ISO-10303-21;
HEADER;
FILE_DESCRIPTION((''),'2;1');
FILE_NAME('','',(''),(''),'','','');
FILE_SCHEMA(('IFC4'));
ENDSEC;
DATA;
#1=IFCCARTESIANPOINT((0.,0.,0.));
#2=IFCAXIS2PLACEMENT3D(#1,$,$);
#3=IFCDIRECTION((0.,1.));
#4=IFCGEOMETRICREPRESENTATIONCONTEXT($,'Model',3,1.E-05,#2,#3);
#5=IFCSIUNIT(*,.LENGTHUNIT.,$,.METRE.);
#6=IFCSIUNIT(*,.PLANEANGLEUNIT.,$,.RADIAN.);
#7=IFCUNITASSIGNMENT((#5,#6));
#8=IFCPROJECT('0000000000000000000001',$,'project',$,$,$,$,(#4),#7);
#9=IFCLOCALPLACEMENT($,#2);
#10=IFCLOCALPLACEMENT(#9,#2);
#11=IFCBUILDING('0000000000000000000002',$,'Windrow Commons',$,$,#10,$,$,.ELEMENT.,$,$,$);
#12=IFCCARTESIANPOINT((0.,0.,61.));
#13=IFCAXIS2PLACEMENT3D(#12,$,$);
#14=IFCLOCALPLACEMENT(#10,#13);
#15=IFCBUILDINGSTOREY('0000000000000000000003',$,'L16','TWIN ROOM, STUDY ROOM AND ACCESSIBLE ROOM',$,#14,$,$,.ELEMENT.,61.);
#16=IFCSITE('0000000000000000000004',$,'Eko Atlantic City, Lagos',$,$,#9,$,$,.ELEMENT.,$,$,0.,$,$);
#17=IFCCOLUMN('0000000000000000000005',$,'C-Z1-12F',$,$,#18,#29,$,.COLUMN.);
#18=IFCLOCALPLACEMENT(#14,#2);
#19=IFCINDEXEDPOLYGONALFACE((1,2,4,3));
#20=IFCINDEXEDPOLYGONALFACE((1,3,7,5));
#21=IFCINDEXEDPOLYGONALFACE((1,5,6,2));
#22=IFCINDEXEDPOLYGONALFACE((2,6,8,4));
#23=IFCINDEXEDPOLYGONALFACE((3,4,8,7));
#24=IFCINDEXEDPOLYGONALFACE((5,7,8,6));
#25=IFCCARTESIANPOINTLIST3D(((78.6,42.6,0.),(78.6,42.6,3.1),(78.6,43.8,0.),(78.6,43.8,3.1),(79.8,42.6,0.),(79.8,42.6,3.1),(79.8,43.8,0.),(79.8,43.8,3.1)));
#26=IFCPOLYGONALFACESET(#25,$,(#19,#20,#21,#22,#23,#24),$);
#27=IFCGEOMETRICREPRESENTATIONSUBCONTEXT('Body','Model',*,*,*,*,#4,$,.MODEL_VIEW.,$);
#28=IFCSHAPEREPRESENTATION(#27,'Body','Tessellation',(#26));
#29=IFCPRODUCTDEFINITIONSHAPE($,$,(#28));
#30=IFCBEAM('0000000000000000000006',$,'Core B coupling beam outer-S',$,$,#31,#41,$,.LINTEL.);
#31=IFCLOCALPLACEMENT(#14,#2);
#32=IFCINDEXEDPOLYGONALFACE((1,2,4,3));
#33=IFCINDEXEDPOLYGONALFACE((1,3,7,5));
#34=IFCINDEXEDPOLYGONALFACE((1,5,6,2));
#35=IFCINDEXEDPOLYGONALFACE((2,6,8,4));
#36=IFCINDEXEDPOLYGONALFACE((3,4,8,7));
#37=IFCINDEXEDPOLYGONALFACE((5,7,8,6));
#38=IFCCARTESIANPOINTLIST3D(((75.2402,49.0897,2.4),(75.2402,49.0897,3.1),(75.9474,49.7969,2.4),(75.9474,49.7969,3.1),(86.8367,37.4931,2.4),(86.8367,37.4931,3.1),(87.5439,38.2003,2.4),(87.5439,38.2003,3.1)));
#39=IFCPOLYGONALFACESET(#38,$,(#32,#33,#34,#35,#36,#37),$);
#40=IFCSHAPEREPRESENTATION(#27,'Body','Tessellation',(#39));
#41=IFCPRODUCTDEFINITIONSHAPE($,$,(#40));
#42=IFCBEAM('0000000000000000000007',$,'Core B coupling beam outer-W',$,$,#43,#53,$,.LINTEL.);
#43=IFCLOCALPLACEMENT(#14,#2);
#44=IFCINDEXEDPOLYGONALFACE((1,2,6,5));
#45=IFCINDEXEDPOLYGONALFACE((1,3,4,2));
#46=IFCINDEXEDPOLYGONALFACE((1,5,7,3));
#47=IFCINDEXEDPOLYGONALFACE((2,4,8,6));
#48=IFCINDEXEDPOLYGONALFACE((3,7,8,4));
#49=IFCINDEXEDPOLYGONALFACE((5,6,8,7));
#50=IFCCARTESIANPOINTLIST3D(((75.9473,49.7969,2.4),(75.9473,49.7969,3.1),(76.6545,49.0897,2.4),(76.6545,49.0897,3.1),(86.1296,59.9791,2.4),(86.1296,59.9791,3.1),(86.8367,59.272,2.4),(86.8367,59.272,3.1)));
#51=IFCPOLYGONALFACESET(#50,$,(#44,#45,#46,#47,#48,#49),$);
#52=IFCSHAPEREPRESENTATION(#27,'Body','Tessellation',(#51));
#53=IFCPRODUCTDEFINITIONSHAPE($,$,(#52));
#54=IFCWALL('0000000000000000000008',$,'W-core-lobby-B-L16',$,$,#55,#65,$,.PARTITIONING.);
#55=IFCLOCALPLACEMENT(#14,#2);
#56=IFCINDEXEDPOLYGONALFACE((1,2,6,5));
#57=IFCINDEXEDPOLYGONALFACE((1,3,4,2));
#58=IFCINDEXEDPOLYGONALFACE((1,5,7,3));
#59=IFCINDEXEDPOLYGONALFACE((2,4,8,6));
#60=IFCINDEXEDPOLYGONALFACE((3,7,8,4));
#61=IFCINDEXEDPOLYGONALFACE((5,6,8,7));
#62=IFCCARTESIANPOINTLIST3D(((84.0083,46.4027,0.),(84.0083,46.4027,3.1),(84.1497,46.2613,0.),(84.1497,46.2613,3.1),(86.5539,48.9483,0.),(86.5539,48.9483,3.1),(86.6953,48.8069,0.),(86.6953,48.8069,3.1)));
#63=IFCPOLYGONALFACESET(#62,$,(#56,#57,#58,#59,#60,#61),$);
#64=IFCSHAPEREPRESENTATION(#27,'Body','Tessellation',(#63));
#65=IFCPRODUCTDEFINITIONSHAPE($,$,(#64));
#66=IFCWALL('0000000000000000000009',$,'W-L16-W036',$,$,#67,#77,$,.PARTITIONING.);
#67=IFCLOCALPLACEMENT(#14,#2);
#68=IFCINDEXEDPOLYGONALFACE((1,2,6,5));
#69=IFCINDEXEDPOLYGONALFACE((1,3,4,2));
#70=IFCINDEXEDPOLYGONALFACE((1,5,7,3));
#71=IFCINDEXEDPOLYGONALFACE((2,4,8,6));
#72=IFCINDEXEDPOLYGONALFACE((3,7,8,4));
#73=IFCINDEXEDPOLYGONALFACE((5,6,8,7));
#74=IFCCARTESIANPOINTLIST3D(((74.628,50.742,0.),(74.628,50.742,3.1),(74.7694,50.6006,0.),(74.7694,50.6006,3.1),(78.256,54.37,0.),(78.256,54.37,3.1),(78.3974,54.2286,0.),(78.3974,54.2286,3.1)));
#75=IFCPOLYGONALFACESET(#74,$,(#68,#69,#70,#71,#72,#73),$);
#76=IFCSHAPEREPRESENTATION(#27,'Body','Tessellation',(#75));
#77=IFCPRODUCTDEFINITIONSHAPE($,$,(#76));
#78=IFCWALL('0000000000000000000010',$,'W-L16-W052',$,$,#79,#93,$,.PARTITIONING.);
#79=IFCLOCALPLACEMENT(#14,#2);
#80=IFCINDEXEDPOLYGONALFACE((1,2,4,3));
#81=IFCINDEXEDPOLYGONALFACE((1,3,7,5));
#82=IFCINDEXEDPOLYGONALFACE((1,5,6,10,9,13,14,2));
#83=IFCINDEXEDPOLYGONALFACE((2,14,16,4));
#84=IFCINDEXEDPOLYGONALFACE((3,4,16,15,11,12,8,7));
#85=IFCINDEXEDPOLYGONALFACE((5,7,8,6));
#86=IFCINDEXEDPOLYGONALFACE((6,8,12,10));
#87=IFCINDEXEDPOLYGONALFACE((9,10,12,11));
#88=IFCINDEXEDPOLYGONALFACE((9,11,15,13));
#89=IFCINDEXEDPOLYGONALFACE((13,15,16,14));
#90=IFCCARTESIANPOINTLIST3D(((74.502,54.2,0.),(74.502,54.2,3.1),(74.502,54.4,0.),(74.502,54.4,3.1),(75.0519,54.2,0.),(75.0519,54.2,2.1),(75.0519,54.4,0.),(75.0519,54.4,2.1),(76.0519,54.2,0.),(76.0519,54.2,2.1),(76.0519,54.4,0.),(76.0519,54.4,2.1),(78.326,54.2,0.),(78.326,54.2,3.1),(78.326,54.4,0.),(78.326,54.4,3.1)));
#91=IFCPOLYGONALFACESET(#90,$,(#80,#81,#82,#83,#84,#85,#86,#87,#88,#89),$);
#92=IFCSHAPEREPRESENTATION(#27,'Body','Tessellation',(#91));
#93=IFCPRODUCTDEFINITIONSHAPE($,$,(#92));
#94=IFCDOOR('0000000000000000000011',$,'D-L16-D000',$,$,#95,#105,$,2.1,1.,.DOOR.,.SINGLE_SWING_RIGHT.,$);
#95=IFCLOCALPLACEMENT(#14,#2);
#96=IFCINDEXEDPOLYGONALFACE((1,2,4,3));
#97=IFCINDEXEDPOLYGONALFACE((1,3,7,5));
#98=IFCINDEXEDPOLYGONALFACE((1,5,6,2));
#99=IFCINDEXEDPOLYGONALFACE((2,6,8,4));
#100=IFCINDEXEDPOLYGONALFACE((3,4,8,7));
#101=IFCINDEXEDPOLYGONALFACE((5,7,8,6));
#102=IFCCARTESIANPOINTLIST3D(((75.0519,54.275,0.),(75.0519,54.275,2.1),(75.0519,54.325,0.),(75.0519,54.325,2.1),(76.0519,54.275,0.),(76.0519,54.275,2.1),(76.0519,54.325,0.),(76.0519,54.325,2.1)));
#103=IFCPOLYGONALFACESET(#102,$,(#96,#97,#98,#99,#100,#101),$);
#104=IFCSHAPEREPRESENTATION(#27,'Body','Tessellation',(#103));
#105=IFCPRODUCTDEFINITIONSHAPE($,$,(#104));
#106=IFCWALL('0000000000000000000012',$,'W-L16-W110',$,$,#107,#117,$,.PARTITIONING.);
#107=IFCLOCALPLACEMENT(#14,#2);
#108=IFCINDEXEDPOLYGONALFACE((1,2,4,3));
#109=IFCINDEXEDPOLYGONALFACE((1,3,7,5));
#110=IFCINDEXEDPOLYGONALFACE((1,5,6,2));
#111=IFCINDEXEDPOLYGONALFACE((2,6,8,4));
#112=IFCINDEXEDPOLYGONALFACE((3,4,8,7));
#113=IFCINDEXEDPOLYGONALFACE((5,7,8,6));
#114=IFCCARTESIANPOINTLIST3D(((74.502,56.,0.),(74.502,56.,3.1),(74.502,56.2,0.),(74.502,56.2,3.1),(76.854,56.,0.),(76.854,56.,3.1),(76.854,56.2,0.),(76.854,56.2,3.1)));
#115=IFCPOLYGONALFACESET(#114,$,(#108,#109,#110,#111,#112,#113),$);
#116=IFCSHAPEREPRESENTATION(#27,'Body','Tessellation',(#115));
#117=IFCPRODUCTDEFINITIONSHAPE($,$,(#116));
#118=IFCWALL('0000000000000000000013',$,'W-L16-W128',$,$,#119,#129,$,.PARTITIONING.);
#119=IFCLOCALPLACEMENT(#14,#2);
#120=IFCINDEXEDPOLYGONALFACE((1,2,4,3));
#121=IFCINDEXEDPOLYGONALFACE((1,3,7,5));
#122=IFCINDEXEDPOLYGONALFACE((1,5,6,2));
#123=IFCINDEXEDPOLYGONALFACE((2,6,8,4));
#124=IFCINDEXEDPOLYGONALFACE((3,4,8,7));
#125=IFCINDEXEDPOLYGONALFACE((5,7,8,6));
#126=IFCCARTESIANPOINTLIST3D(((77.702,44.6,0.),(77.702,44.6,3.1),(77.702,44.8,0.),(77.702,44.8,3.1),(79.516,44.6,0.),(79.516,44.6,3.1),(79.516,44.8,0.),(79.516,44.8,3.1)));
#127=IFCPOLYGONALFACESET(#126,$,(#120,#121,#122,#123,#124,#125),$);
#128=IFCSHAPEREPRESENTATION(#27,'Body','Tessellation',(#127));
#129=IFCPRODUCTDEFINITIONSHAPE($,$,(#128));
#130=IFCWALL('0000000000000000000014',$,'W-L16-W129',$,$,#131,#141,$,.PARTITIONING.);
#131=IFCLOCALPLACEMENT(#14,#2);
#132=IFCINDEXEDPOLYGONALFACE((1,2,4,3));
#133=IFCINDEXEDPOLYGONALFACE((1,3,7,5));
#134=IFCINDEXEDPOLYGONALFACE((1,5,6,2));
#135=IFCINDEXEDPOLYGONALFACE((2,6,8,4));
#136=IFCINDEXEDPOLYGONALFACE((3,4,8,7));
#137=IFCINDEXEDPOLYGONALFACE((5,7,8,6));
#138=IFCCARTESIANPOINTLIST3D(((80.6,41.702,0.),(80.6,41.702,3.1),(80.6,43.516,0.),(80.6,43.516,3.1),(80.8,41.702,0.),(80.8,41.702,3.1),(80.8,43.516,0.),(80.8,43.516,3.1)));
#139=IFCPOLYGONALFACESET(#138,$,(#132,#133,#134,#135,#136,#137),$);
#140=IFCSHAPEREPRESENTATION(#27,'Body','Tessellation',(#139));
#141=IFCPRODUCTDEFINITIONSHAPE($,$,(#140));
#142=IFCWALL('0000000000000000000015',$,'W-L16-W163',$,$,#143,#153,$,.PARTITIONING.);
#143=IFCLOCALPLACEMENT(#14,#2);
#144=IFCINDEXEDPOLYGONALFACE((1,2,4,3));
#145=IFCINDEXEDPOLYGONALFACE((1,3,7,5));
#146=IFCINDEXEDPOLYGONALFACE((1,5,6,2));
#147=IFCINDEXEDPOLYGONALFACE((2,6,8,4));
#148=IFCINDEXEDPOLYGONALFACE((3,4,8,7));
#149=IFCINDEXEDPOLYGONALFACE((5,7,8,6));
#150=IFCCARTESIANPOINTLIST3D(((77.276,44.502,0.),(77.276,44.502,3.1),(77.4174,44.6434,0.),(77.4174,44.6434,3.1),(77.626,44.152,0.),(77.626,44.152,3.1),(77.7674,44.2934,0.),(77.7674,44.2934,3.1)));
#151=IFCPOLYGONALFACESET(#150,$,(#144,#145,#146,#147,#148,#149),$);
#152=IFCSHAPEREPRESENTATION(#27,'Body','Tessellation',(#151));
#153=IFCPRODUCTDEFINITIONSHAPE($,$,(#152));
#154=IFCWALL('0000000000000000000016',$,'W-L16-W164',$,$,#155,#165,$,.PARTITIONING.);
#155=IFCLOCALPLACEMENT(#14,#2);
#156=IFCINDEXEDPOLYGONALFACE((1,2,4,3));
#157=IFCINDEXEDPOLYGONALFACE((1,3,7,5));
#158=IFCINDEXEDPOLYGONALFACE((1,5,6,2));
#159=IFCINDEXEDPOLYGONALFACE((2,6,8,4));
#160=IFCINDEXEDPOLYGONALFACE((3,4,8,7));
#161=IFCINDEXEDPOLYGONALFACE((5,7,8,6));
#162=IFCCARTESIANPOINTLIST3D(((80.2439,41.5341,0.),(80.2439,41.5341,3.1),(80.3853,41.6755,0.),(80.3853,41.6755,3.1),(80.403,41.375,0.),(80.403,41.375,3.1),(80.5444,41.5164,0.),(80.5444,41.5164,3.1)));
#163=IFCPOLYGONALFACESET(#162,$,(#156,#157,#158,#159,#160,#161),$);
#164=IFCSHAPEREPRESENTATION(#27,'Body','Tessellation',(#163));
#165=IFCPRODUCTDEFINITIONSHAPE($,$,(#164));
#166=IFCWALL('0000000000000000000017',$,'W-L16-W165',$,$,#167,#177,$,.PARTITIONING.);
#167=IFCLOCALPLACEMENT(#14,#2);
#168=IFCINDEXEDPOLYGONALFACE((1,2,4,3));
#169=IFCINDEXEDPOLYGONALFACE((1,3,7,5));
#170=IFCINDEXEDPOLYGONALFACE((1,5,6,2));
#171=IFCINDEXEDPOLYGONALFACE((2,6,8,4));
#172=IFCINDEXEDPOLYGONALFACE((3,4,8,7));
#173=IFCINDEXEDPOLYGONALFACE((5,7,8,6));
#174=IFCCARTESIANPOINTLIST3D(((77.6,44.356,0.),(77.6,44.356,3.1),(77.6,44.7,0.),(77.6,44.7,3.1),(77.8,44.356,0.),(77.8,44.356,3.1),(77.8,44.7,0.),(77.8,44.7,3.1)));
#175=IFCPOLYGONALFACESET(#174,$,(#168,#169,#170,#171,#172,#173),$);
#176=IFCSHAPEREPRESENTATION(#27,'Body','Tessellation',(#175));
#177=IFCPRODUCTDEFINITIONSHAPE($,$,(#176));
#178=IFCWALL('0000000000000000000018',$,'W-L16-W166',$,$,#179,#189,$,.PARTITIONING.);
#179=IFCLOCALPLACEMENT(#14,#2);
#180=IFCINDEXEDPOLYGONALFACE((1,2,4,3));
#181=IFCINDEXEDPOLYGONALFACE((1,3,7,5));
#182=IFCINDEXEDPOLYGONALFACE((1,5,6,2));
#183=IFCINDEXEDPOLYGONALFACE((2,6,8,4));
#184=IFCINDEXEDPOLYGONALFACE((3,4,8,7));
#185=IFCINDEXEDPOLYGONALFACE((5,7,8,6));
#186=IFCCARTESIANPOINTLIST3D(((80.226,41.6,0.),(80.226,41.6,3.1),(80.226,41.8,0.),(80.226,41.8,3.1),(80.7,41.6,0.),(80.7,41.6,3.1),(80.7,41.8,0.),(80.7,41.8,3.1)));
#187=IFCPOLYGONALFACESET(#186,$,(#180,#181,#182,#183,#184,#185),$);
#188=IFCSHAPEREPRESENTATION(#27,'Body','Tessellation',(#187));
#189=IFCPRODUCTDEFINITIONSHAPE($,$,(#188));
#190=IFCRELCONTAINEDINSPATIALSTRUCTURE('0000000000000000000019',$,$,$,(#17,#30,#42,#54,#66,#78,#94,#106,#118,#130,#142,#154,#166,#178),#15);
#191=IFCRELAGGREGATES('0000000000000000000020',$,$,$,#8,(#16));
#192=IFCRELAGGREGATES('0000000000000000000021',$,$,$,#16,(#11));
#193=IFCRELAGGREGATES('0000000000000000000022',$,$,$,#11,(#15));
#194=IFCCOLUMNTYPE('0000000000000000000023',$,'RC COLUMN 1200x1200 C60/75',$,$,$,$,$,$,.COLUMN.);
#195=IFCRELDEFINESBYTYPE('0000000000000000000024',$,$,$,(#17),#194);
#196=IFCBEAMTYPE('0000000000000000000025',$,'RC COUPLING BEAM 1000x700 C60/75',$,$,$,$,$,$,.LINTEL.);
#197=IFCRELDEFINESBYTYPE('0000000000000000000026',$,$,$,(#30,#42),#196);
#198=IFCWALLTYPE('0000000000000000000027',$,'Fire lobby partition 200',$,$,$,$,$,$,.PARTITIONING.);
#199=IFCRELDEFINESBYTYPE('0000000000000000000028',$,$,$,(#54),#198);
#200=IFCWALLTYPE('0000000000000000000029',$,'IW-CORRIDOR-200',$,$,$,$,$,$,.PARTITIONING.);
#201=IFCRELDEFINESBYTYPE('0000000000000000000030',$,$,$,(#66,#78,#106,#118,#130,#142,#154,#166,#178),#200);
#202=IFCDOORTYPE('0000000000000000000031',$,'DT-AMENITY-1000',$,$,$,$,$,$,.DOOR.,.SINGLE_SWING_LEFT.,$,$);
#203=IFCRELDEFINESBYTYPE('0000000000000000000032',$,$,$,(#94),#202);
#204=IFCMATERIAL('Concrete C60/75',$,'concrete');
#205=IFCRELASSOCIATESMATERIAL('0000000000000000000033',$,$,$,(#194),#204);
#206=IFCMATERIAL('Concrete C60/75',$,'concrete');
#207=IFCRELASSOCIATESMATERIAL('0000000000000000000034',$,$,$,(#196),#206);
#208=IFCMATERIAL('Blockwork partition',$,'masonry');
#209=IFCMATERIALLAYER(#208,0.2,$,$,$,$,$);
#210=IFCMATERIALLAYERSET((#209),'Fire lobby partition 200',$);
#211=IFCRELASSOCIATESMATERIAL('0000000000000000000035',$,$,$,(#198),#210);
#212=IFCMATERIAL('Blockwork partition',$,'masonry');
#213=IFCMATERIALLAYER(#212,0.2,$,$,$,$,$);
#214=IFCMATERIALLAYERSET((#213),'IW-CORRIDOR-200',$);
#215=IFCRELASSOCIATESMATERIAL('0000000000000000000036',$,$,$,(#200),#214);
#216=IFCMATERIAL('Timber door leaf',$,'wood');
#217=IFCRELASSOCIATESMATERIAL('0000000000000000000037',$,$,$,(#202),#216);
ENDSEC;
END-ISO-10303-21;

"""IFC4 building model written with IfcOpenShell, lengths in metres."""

from ifc_helpers import new_model, si_unit, direction, frame, frame_2d, origin, origin_2d, place, context, subcontext, project, spatial, rectangle, extrude, material, layer, layer_set, material_profile, profile_set, type_object, element, fill, save


model = new_model("IFC4")

# Units and contexts
model_context = context("Model", 3, precision=1e-05, world=origin(), true_north=direction((0.0, 1.0)))
body_context = subcontext(model_context, "Body", "Model", "MODEL_VIEW")
ifc_project = project(units=[si_unit("LENGTHUNIT", "METRE"), si_unit("PLANEANGLEUNIT", "RADIAN")], contexts=[model_context])

# Site, building, storey
site_placement = place(None, origin())
site = spatial("IfcSite", under=ifc_project, at=site_placement, Name="Eko Atlantic City, Lagos", CompositionType="ELEMENT", RefElevation=0.0)
building_placement = place(site_placement, origin())
building = spatial("IfcBuilding", under=site, at=building_placement, Name="Windrow Commons", CompositionType="ELEMENT")
storey_placement = place(building_placement, frame((0.0, 0.0, 61.0)))
storey = spatial("IfcBuildingStorey", under=building, at=storey_placement, Name="L16", Description="TWIN ROOM, STUDY ROOM AND ACCESSIBLE ROOM", CompositionType="ELEMENT", Elevation=61.0)

# Column
ifc_material_1 = material(Name="Concrete C60/75", Category="concrete")
ifc_material_profile_1 = material_profile(ifc_material_1, rectangle(XDim=1.2, YDim=1.2, at=origin_2d()))
ifc_profile_set_1 = profile_set([ifc_material_profile_1], Name="Concrete C60/75")
column_type = type_object("IfcColumnType", Name="RC COLUMN 1200x1200 C60/75", PredefinedType="COLUMN", material=ifc_profile_set_1)
column_placement = place(storey_placement, frame((79.2, 43.2, 0.0), z_axis=(0.0, 0.0, 1.0), x_axis=(1.0, 0.0, 0.0)))
element("IfcColumn", 1, at=column_placement, inside=storey, type_object=column_type, Name="C-Z1-12F", PredefinedType="COLUMN", context=body_context, shape_type="SweptSolid", body=[
    extrude(rectangle(XDim=1.2, YDim=1.2, at=origin_2d()), origin(), (0.0, 0.0, 1.0), 3.1),
])

# Beams
ifc_material_2 = material(Name="Concrete C60/75", Category="concrete")
ifc_material_profile_2 = material_profile(ifc_material_2, rectangle(XDim=1.0, YDim=0.7, at=origin_2d()))
ifc_profile_set_2 = profile_set([ifc_material_profile_2], Name="Concrete C60/75")
beam_type = type_object("IfcBeamType", Name="RC COUPLING BEAM 1000x700 C60/75", PredefinedType="LINTEL", material=ifc_profile_set_2)
beam_1_placement = place(storey_placement, frame((75.5938, 49.4433, 2.75), z_axis=(0.707104, -0.70711, 0.0), x_axis=(0.70711, 0.707104, 0.0)))
element("IfcBeam", 2, at=beam_1_placement, inside=storey, type_object=beam_type, Name="Core B coupling beam outer-S", PredefinedType="LINTEL", context=body_context, shape_type="SweptSolid", body=[
    extrude(rectangle(XDim=1.0, YDim=0.7, at=origin_2d()), origin(), (0.0, 0.0, 1.0), 16.4),
])
beam_2_placement = place(storey_placement, frame((76.3009, 49.4433, 2.75), z_axis=(0.707107, 0.707107, 0.0), x_axis=(-0.707107, 0.707107, 0.0)))
element("IfcBeam", 3, at=beam_2_placement, inside=storey, type_object=beam_type, Name="Core B coupling beam outer-W", PredefinedType="LINTEL", context=body_context, shape_type="SweptSolid", body=[
    extrude(rectangle(XDim=1.0, YDim=0.7, at=origin_2d()), origin(), (0.0, 0.0, 1.0), 14.3999),
])

# Walls
ifc_material_3 = material(Name="Blockwork partition", Category="masonry")
ifc_layer_1 = layer(ifc_material_3, 0.2)
ifc_layer_set_1 = layer_set([ifc_layer_1], Name="Fire lobby partition 200")
wall_type_1 = type_object("IfcWallType", Name="Fire lobby partition 200", PredefinedType="PARTITIONING", material=ifc_layer_set_1)
wall_1_placement = place(storey_placement, frame((84.079, 46.332, 0.0), z_axis=(0.0, 0.0, 1.0), x_axis=(0.707107, 0.707107, 0.0)))
element("IfcWall", 4, at=wall_1_placement, inside=storey, type_object=wall_type_1, Name="W-core-lobby-B-L16", PredefinedType="PARTITIONING", context=body_context, shape_type="SweptSolid", body=[
    extrude(rectangle(XDim=3.6, YDim=0.2, at=frame_2d((1.8, 0.0))), origin(), (0.0, 0.0, 1.0), 3.1),
])
ifc_material_4 = material(Name="Blockwork partition", Category="masonry")
ifc_layer_2 = layer(ifc_material_4, 0.2)
ifc_layer_set_2 = layer_set([ifc_layer_2], Name="IW-CORRIDOR-200")
wall_type_2 = type_object("IfcWallType", Name="IW-CORRIDOR-200", PredefinedType="PARTITIONING", material=ifc_layer_set_2)
wall_2_placement = place(storey_placement, frame((74.6987, 50.6713, 0.0), z_axis=(0.0, 0.0, 1.0), x_axis=(0.707107, 0.707107, 0.0)))
element("IfcWall", 5, at=wall_2_placement, inside=storey, type_object=wall_type_2, Name="W-L16-W036", PredefinedType="PARTITIONING", context=body_context, shape_type="SweptSolid", body=[
    extrude(rectangle(XDim=5.1308, YDim=0.2, at=frame_2d((2.5654, 0.0))), origin(), (0.0, 0.0, 1.0), 3.1),
])

# Wall, opening, door
wall_3_placement = place(storey_placement, frame((74.502, 54.3, 0.0), z_axis=(0.0, 0.0, 1.0), x_axis=(1.0, 0.0, 0.0)))
wall_3 = element("IfcWall", 6, at=wall_3_placement, inside=storey, type_object=wall_type_2, Name="W-L16-W052", PredefinedType="PARTITIONING", context=body_context, shape_type="SweptSolid", body=[
    extrude(rectangle(XDim=3.824, YDim=0.2, at=frame_2d((1.912, 0.0))), origin(), (0.0, 0.0, 1.0), 3.1),
])
opening_1_placement = place(wall_3_placement, frame((0.5499, 0.0, 0.0)))
opening_1 = element("IfcOpeningElement", 7, at=opening_1_placement, cuts=wall_3, PredefinedType="OPENING", context=body_context, shape_type="SweptSolid", body=[
    extrude(rectangle(XDim=1.0, YDim=2.1, at=frame_2d((0.5, 1.05))), frame((0.0, 0.11, 0.0), z_axis=(0.0, -1.0, 0.0), x_axis=(1.0, 0.0, 0.0)), (0.0, 0.0, 1.0), 0.22),
])
ifc_material_5 = material(Name="Timber door leaf", Category="wood")
door_type_1 = type_object("IfcDoorType", Name="DT-AMENITY-1000", OperationType="SINGLE_SWING_LEFT", PredefinedType="DOOR", material=ifc_material_5)
door_1_placement = place(opening_1_placement, origin())
door_1 = element("IfcDoor", 8, at=door_1_placement, inside=storey, type_object=door_type_1, Name="D-L16-D000", OperationType="SINGLE_SWING_RIGHT", OverallHeight=2.1, OverallWidth=1.0, PredefinedType="DOOR", context=body_context, shape_type="SweptSolid", body=[
    extrude(rectangle(XDim=1.0, YDim=2.1, at=frame_2d((0.5, 1.05))), frame((0.0, 0.025, 0.0), z_axis=(0.0, -1.0, 0.0), x_axis=(1.0, 0.0, 0.0)), (0.0, 0.0, 1.0), 0.05),
])
fill(opening_1, door_1)

# Walls
wall_4_placement = place(storey_placement, frame((74.502, 56.1, 0.0), z_axis=(0.0, 0.0, 1.0), x_axis=(1.0, 0.0, 0.0)))
element("IfcWall", 9, at=wall_4_placement, inside=storey, type_object=wall_type_2, Name="W-L16-W110", PredefinedType="PARTITIONING", context=body_context, shape_type="SweptSolid", body=[
    extrude(rectangle(XDim=2.352, YDim=0.2, at=frame_2d((1.176, 0.0))), origin(), (0.0, 0.0, 1.0), 3.1),
])
for number, where, z_axis, x_axis, name in (
    (10, (77.702, 44.7, 0.0), (0.0, 0.0, 1.0), (1.0, 0.0, 0.0), "W-L16-W128"),
    (11, (80.7, 41.702, 0.0), (0.0, 0.0, 1.0), (0.0, 1.0, 0.0), "W-L16-W129"),
):
    element("IfcWall", number, at=place(storey_placement, frame(where, z_axis=z_axis, x_axis=x_axis)), inside=storey, type_object=wall_type_2, Name=name, PredefinedType="PARTITIONING", context=body_context, shape_type="SweptSolid", body=[
        extrude(rectangle(XDim=1.814, YDim=0.2, at=frame_2d((0.907, 0.0))), origin(), (0.0, 0.0, 1.0), 3.1),
    ])
wall_5_placement = place(storey_placement, frame((77.3467, 44.5727, 0.0), z_axis=(0.0, 0.0, 1.0), x_axis=(0.707107, -0.707107, 0.0)))
element("IfcWall", 12, at=wall_5_placement, inside=storey, type_object=wall_type_2, Name="W-L16-W163", PredefinedType="PARTITIONING", context=body_context, shape_type="SweptSolid", body=[
    extrude(rectangle(XDim=0.495, YDim=0.2, at=frame_2d((0.2475, 0.0))), origin(), (0.0, 0.0, 1.0), 3.1),
])
wall_6_placement = place(storey_placement, frame((80.3146, 41.6048, 0.0), z_axis=(0.0, 0.0, 1.0), x_axis=(0.707107, -0.707107, 0.0)))
element("IfcWall", 13, at=wall_6_placement, inside=storey, type_object=wall_type_2, Name="W-L16-W164", PredefinedType="PARTITIONING", context=body_context, shape_type="SweptSolid", body=[
    extrude(rectangle(XDim=0.225, YDim=0.2, at=frame_2d((0.1125, 0.0))), origin(), (0.0, 0.0, 1.0), 3.1),
])
wall_7_placement = place(storey_placement, frame((77.7, 44.356, 0.0), z_axis=(0.0, 0.0, 1.0), x_axis=(0.0, 1.0, 0.0)))
element("IfcWall", 14, at=wall_7_placement, inside=storey, type_object=wall_type_2, Name="W-L16-W165", PredefinedType="PARTITIONING", context=body_context, shape_type="SweptSolid", body=[
    extrude(rectangle(XDim=0.344, YDim=0.2, at=frame_2d((0.172, 0.0))), origin(), (0.0, 0.0, 1.0), 3.1),
])
wall_8_placement = place(storey_placement, frame((80.226, 41.7, 0.0), z_axis=(0.0, 0.0, 1.0), x_axis=(1.0, 0.0, 0.0)))
element("IfcWall", 15, at=wall_8_placement, inside=storey, type_object=wall_type_2, Name="W-L16-W166", PredefinedType="PARTITIONING", context=body_context, shape_type="SweptSolid", body=[
    extrude(rectangle(XDim=0.474, YDim=0.2, at=frame_2d((0.237, 0.0))), origin(), (0.0, 0.0, 1.0), 3.1),
])

save(model, "model.ifc")
